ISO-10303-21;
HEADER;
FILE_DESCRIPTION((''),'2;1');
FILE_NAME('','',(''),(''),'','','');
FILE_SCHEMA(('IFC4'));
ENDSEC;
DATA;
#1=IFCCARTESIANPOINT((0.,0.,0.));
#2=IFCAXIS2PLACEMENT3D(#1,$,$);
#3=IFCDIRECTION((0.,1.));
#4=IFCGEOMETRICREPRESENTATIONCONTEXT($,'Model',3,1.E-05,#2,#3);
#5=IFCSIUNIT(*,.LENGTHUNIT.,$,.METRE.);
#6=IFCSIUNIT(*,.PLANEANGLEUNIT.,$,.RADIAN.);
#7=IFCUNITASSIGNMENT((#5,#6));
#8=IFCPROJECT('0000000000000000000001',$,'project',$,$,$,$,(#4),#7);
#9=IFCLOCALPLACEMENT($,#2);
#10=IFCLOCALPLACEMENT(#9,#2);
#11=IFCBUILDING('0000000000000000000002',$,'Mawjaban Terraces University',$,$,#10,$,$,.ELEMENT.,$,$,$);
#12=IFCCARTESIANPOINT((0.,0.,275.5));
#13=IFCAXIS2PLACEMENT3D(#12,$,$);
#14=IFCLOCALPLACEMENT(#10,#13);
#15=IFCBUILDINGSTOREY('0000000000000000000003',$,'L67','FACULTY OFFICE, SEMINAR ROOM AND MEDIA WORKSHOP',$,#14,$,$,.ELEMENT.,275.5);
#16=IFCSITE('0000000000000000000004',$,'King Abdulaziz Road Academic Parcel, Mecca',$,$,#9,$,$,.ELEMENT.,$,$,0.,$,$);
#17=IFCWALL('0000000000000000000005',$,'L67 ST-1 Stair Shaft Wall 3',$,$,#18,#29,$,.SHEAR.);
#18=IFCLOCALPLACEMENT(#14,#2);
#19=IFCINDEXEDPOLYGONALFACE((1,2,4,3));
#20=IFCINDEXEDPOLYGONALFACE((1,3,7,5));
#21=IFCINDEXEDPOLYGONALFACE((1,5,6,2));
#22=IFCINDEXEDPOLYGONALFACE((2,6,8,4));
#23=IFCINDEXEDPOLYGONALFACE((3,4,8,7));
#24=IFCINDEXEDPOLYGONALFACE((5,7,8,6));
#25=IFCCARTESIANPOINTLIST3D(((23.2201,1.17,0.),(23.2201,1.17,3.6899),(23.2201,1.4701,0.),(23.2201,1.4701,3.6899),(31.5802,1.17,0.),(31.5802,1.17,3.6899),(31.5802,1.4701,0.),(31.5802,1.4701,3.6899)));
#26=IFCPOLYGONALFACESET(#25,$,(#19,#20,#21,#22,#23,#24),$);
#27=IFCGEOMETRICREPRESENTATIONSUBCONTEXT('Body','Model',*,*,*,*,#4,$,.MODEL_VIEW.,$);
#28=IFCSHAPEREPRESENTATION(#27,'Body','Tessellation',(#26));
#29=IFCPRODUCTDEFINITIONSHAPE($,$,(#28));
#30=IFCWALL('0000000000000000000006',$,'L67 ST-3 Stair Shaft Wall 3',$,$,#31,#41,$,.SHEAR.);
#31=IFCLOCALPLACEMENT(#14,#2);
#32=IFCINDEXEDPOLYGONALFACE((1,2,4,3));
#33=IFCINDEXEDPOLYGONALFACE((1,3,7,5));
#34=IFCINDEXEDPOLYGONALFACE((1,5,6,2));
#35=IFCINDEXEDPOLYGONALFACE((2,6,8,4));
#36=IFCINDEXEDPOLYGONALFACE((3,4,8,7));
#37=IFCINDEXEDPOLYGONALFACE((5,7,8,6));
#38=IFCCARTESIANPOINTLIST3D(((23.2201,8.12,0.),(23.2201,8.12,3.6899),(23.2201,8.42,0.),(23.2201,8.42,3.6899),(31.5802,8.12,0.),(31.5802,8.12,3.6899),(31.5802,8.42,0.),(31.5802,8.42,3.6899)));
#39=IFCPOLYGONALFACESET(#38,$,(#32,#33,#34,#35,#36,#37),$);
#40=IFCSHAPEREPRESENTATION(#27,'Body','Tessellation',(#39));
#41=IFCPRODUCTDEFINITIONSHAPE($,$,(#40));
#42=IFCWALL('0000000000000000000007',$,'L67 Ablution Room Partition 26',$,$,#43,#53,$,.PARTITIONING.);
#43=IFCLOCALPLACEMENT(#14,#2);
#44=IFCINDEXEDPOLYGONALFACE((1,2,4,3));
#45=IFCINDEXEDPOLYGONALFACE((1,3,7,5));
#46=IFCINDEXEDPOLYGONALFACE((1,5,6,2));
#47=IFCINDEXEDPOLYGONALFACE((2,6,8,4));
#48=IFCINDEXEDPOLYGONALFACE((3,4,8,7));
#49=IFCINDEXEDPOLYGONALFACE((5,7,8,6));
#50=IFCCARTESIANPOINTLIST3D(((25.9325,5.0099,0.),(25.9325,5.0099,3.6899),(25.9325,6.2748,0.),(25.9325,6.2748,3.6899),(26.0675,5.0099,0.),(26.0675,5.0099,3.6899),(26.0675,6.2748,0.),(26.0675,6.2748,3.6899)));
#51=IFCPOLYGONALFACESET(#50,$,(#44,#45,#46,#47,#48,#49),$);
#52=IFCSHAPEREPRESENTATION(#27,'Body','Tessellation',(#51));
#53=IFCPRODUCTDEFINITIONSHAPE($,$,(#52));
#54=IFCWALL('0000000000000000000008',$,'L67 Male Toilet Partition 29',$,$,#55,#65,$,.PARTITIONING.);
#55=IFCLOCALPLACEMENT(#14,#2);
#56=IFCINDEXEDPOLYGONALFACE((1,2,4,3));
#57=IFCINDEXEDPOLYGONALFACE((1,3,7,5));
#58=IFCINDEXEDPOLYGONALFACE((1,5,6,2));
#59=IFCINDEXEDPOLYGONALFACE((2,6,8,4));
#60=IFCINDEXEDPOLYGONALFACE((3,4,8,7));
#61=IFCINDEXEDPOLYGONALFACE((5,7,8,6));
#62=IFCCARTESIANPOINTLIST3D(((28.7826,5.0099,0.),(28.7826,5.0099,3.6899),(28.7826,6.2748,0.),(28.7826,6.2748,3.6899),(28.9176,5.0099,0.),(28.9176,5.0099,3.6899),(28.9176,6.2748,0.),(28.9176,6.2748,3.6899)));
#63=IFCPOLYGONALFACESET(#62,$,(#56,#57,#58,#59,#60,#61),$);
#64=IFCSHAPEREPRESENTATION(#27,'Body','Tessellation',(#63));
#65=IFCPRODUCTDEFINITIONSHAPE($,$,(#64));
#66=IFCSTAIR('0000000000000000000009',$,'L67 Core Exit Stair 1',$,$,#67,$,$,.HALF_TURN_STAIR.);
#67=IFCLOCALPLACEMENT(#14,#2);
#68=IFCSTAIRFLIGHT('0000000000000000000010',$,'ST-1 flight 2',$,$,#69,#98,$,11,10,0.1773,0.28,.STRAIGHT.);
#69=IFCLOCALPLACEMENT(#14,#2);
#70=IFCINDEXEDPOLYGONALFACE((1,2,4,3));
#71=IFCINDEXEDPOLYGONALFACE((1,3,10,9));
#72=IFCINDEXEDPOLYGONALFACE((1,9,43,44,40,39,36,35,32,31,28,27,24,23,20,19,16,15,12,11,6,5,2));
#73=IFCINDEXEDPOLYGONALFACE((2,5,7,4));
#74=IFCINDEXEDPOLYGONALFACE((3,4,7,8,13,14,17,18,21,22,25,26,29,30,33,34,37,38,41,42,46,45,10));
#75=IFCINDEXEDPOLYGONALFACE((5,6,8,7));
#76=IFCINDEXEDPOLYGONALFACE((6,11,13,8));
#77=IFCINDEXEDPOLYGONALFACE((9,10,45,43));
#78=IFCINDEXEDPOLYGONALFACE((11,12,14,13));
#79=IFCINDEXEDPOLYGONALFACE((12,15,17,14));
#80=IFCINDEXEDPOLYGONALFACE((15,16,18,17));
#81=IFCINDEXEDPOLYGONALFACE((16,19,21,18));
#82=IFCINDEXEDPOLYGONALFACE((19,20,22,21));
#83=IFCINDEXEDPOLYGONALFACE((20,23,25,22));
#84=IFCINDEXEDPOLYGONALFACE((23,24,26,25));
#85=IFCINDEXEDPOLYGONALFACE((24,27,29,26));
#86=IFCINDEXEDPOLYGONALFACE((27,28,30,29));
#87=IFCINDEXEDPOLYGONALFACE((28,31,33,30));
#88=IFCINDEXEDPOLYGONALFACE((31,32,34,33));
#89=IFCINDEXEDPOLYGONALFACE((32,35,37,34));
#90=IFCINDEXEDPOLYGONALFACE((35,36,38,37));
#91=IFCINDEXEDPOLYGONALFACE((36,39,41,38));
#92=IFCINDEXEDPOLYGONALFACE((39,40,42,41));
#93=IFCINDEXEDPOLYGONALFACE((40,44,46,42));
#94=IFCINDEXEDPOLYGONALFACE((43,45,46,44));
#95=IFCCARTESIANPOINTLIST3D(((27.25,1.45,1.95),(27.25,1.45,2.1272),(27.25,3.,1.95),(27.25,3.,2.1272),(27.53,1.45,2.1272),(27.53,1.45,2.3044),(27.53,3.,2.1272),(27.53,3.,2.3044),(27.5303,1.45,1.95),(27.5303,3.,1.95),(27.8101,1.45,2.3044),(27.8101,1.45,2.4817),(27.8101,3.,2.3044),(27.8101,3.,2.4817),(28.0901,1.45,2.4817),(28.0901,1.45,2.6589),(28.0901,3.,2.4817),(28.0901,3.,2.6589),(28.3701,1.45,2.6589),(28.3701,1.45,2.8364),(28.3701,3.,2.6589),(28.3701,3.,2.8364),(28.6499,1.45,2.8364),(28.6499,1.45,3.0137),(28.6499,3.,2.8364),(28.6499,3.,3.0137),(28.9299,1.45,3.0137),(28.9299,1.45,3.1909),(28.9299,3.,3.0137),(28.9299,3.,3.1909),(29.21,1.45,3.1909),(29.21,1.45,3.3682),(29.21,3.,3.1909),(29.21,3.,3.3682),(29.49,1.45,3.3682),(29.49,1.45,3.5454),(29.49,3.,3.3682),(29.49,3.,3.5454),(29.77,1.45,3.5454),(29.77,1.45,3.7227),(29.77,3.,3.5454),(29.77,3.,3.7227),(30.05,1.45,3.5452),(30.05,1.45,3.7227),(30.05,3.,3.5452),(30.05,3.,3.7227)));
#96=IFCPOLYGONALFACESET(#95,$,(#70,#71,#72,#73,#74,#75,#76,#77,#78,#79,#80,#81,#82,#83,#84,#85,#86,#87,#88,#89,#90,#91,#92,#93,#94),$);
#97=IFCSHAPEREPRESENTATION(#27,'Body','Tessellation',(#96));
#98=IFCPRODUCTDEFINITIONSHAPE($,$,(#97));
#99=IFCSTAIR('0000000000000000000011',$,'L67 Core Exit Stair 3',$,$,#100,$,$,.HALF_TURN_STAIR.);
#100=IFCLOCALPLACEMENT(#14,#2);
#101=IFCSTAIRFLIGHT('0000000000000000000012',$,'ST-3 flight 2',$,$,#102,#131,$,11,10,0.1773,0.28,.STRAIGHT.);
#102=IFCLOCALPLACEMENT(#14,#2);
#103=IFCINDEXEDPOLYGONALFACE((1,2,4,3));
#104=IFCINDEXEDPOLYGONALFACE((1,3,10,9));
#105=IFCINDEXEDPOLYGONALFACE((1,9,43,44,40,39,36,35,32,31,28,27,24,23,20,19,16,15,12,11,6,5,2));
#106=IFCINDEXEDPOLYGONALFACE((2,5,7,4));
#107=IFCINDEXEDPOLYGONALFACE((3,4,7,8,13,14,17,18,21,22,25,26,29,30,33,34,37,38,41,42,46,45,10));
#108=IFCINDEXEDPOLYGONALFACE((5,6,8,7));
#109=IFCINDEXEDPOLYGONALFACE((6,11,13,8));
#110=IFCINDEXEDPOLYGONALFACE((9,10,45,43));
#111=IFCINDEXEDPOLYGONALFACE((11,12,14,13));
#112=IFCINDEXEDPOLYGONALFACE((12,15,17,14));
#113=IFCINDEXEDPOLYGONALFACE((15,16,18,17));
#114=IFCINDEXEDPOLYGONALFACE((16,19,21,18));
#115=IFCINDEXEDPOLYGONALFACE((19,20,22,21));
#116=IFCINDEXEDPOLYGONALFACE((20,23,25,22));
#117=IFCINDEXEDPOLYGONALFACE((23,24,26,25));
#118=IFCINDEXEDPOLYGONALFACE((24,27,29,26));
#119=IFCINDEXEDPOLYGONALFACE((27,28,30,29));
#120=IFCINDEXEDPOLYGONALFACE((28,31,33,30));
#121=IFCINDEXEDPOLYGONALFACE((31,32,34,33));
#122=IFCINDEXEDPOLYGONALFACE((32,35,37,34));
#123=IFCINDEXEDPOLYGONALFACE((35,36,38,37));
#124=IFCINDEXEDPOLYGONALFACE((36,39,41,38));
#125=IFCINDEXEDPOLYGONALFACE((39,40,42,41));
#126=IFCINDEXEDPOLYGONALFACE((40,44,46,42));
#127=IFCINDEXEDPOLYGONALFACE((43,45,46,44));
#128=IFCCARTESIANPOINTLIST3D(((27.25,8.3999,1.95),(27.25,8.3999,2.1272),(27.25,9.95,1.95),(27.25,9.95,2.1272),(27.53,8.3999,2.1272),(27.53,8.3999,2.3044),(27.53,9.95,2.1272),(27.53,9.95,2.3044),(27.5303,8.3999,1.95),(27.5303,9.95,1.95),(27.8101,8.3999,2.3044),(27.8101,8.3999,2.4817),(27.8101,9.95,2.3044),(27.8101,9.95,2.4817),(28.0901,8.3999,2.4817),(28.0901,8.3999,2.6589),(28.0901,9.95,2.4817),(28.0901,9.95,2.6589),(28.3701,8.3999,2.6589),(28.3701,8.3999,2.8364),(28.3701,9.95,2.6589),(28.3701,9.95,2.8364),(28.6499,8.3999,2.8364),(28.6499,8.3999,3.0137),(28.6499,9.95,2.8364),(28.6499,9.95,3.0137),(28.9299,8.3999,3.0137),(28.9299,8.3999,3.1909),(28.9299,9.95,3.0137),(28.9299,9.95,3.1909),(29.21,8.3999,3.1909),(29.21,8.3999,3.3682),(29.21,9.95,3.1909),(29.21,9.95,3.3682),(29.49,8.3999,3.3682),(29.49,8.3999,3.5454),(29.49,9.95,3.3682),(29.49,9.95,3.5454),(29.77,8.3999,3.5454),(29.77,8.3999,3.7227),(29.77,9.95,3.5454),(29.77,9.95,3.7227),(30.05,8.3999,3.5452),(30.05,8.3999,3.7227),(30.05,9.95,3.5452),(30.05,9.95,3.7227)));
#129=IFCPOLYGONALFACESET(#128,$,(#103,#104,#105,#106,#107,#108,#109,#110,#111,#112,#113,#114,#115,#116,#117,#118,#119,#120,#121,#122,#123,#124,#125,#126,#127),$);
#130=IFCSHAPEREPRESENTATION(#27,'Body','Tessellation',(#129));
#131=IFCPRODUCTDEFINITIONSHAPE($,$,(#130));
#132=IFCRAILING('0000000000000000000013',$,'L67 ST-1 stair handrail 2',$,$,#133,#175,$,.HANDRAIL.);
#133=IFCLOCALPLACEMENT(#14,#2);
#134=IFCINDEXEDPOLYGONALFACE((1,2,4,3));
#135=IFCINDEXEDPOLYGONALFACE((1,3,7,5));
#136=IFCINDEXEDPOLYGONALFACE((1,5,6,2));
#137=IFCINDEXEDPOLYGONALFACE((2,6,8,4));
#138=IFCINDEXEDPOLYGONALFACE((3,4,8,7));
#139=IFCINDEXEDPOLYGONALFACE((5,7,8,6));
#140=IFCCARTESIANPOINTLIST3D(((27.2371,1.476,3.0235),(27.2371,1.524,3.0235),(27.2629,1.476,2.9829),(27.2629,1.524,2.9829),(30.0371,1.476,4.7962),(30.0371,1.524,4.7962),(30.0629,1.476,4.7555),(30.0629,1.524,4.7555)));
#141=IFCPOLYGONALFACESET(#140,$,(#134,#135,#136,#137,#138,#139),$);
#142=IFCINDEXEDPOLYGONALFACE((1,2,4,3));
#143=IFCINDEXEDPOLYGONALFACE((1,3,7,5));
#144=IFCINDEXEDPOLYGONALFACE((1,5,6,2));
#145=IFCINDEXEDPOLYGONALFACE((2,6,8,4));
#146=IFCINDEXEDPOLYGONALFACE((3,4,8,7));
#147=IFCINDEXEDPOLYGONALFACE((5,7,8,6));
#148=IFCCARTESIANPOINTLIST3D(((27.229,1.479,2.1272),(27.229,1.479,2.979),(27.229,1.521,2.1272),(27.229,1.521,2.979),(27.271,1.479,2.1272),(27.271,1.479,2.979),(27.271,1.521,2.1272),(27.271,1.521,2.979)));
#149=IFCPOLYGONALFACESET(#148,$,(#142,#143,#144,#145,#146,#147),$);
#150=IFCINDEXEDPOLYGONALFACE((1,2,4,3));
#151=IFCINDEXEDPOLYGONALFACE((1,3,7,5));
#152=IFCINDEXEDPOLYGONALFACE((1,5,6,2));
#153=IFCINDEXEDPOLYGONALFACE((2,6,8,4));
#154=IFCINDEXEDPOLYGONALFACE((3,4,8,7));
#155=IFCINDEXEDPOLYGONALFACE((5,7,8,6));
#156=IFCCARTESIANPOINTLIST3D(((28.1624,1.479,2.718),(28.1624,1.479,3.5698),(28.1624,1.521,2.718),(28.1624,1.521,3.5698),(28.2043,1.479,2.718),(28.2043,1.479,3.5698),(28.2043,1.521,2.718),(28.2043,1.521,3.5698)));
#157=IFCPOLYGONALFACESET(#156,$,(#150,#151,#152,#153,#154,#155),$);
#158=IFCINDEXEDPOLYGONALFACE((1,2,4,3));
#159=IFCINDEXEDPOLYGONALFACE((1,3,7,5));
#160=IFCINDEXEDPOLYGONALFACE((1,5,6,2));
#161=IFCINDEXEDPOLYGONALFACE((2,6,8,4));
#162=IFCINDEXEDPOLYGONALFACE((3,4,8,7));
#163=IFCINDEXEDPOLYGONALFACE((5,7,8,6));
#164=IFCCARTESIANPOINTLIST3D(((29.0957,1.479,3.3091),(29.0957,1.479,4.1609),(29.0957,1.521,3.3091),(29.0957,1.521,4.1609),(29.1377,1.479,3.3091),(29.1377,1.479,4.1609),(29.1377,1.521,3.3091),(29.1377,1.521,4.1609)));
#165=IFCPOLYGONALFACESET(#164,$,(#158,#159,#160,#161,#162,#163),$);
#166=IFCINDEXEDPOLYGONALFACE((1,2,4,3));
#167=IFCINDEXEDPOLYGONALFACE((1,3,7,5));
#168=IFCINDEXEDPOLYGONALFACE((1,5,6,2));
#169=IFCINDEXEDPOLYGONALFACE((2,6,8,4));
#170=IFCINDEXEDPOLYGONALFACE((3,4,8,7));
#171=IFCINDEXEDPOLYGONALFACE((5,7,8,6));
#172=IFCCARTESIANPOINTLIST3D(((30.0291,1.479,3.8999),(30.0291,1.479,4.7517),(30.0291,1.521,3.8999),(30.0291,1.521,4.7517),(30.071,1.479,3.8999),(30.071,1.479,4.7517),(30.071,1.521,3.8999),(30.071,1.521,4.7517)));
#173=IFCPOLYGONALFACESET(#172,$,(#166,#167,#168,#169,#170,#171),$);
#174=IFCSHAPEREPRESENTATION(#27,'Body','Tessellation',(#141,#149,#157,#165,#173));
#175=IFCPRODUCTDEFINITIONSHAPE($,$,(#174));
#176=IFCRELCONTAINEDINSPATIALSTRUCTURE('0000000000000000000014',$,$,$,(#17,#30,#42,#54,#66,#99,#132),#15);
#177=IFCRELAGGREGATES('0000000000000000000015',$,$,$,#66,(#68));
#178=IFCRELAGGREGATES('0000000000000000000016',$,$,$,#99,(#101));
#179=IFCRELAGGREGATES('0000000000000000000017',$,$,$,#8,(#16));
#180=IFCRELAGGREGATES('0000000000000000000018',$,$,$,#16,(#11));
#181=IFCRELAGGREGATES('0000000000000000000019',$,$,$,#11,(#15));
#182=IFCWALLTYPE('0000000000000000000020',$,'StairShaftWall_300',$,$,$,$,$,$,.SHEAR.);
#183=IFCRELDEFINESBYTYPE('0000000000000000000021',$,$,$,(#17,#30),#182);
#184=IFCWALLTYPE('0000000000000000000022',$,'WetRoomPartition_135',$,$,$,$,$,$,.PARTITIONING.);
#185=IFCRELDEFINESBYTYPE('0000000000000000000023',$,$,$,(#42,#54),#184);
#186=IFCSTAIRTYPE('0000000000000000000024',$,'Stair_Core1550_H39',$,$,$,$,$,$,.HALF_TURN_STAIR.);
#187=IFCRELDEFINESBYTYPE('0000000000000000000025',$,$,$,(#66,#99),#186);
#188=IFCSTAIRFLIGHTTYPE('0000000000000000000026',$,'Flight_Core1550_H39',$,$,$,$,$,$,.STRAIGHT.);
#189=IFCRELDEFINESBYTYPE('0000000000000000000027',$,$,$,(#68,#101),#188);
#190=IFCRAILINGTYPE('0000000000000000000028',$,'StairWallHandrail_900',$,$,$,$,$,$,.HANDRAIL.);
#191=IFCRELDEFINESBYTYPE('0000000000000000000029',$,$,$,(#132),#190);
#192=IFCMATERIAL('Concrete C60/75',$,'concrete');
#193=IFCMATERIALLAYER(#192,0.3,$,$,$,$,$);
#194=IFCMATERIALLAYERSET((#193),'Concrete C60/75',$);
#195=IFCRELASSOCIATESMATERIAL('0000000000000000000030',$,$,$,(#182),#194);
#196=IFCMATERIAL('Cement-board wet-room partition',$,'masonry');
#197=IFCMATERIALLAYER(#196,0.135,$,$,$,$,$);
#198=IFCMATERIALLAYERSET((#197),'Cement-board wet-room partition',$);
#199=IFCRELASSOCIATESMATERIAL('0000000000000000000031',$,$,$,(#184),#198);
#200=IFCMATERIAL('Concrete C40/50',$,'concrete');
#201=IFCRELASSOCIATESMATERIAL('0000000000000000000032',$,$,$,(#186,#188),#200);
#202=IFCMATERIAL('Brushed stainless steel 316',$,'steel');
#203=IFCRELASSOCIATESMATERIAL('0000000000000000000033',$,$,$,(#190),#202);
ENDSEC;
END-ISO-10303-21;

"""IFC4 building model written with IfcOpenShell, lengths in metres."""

from ifc_helpers import new_model, si_unit, direction, frame, frame_2d, origin, origin_2d, place, context, subcontext, project, spatial, polyline, rectangle, outline, extrude, material, layer, layer_set, type_object, element, aggregate, save


model = new_model("IFC4")

# Units and contexts
model_context = context("Model", 3, precision=1e-05, world=origin(), true_north=direction((0.0, 1.0)))
body_context = subcontext(model_context, "Body", "Model", "MODEL_VIEW")
ifc_project = project(units=[si_unit("LENGTHUNIT", "METRE"), si_unit("PLANEANGLEUNIT", "RADIAN")], contexts=[model_context])

# Site, building, storey
site_placement = place(None, origin())
site = spatial("IfcSite", under=ifc_project, at=site_placement, Name="King Abdulaziz Road Academic Parcel, Mecca", CompositionType="ELEMENT", RefElevation=0.0)
building_placement = place(site_placement, origin())
building = spatial("IfcBuilding", under=site, at=building_placement, Name="Mawjaban Terraces University", CompositionType="ELEMENT")
storey_placement = place(building_placement, frame((0.0, 0.0, 275.5)))
storey = spatial("IfcBuildingStorey", under=building, at=storey_placement, Name="L67", Description="FACULTY OFFICE, SEMINAR ROOM AND MEDIA WORKSHOP", CompositionType="ELEMENT", Elevation=275.5)

# Walls
ifc_material_1 = material(Name="Concrete C60/75", Category="concrete")
ifc_layer_1 = layer(ifc_material_1, 0.3)
ifc_layer_set_1 = layer_set([ifc_layer_1], Name="Concrete C60/75")
wall_type_1 = type_object("IfcWallType", Name="StairShaftWall_300", PredefinedType="SHEAR", material=ifc_layer_set_1)
for number, where, z_axis, x_axis, name in (
    (1, (23.22, 1.3201, 0.0), (0.0, 0.0, 1.0), (1.0, 0.0, 0.0), "L67 ST-1 Stair Shaft Wall 3"),
    (2, (23.22, 8.27, 0.0), (0.0, 0.0, 1.0), (1.0, 0.0, 0.0), "L67 ST-3 Stair Shaft Wall 3"),
):
    element("IfcWall", number, at=place(storey_placement, frame(where, z_axis=z_axis, x_axis=x_axis)), inside=storey, type_object=wall_type_1, Name=name, PredefinedType="SHEAR", context=body_context, shape_type="SweptSolid", body=[
        extrude(rectangle(XDim=8.3601, YDim=0.3, at=frame_2d((4.1802, 0.0))), origin(), (0.0, 0.0, 1.0), 3.6899),
    ])
ifc_material_2 = material(Name="Cement-board wet-room partition", Category="masonry")
ifc_layer_2 = layer(ifc_material_2, 0.135)
ifc_layer_set_2 = layer_set([ifc_layer_2], Name="Cement-board wet-room partition")
wall_type_2 = type_object("IfcWallType", Name="WetRoomPartition_135", PredefinedType="PARTITIONING", material=ifc_layer_set_2)
for number, where, z_axis, x_axis, name in (
    (3, (26.0, 5.01, 0.0), (0.0, 0.0, 1.0), (0.0, 1.0, 0.0), "L67 Ablution Room Partition 26"),
    (4, (28.8501, 5.01, 0.0), (0.0, 0.0, 1.0), (0.0, 1.0, 0.0), "L67 Male Toilet Partition 29"),
):
    element("IfcWall", number, at=place(storey_placement, frame(where, z_axis=z_axis, x_axis=x_axis)), inside=storey, type_object=wall_type_2, Name=name, PredefinedType="PARTITIONING", context=body_context, shape_type="SweptSolid", body=[
        extrude(rectangle(XDim=1.2649, YDim=0.135, at=frame_2d((0.6323, 0.0))), origin(), (0.0, 0.0, 1.0), 3.6899),
    ])

# Stairs, stair flights
ifc_material_3 = material(Name="Concrete C40/50", Category="concrete")
stair_type = type_object("IfcStairType", Name="Stair_Core1550_H39", PredefinedType="HALF_TURN_STAIR", material=ifc_material_3)
stair_1_placement = place(storey_placement, origin())
stair_1 = element("IfcStair", 5, at=stair_1_placement, inside=storey, type_object=stair_type, Name="L67 Core Exit Stair 1", PredefinedType="HALF_TURN_STAIR")
stair_flight_type = type_object("IfcStairFlightType", Name="Flight_Core1550_H39", PredefinedType="STRAIGHT", material=ifc_material_3)
stair_flight_1_placement = place(storey_placement, frame((27.25, 2.2251, 1.95), z_axis=(0.0, 0.0, 1.0), x_axis=(1.0, 0.0, 0.0)))
stair_flight_1 = element("IfcStairFlight", 6, at=stair_flight_1_placement, type_object=stair_flight_type, Name="ST-1 flight 2", NumberOfRisers=11, NumberOfTreads=10, PredefinedType="STRAIGHT", RiserHeight=0.1773, TreadLength=0.28, context=body_context, shape_type="SweptSolid", body=[
    extrude(outline(polyline([(0.0, 0.0), (0.0, 0.1772), (0.28, 0.1772), (0.28, 0.3545), (0.5601, 0.3545), (0.5601, 0.5317), (0.8401, 0.5317), (0.8401, 0.709), (1.1201, 0.709), (1.1201, 0.8865), (1.3999, 0.8865), (1.3999, 1.0637), (1.6799, 1.0637), (1.6799, 1.241), (1.96, 1.241), (1.96, 1.4182), (2.24, 1.4182), (2.24, 1.5955), (2.52, 1.5955), (2.52, 1.7727), (2.8, 1.7727), (2.8, 1.95), (2.8, 1.5952), (0.2803, 0.0), (0.0, 0.0)])), frame((0.0, 0.7749, 0.0), z_axis=(0.0, -1.0, 0.0), x_axis=(1.0, 0.0, 0.0)), (0.0, 0.0, 1.0), 1.55),
])
aggregate(stair_1, [stair_flight_1])
stair_2_placement = place(storey_placement, origin())
stair_2 = element("IfcStair", 7, at=stair_2_placement, inside=storey, type_object=stair_type, Name="L67 Core Exit Stair 3", PredefinedType="HALF_TURN_STAIR")
stair_flight_2_placement = place(storey_placement, frame((27.25, 9.175, 1.95), z_axis=(0.0, 0.0, 1.0), x_axis=(1.0, 0.0, 0.0)))
stair_flight_2 = element("IfcStairFlight", 8, at=stair_flight_2_placement, type_object=stair_flight_type, Name="ST-3 flight 2", NumberOfRisers=11, NumberOfTreads=10, PredefinedType="STRAIGHT", RiserHeight=0.1773, TreadLength=0.28, context=body_context, shape_type="SweptSolid", body=[
    extrude(outline(polyline([(0.0, 0.0), (0.0, 0.1772), (0.28, 0.1772), (0.28, 0.3545), (0.5601, 0.3545), (0.5601, 0.5317), (0.8401, 0.5317), (0.8401, 0.709), (1.1201, 0.709), (1.1201, 0.8865), (1.3999, 0.8865), (1.3999, 1.0637), (1.6799, 1.0637), (1.6799, 1.241), (1.96, 1.241), (1.96, 1.4182), (2.24, 1.4182), (2.24, 1.5955), (2.52, 1.5955), (2.52, 1.7727), (2.8, 1.7727), (2.8, 1.95), (2.8, 1.5952), (0.2803, 0.0), (0.0, 0.0)])), frame((0.0, 0.7749, 0.0), z_axis=(0.0, -1.0, 0.0), x_axis=(1.0, 0.0, 0.0)), (0.0, 0.0, 1.0), 1.55),
])
aggregate(stair_2, [stair_flight_2])

# Railing
ifc_material_4 = material(Name="Brushed stainless steel 316", Category="steel")
railing_type_1 = type_object("IfcRailingType", Name="StairWallHandrail_900", PredefinedType="HANDRAIL", material=ifc_material_4)
for number, where, name in (
    (9, (27.25, 1.5, 2.1272), "L67 ST-1 stair handrail 2"),
):
    element("IfcRailing", number, at=place(storey_placement, frame(where)), inside=storey, type_object=railing_type_1, Name=name, PredefinedType="HANDRAIL", context=body_context, shape_type="SweptSolid", body=[
        extrude(rectangle(XDim=0.0481, YDim=0.0481, at=origin_2d()), frame((0.0, 0.0, 0.876), z_axis=(0.844909, 0.0, 0.53491), x_axis=(0.0, 1.0, 0.0)), (0.0, 0.0, 1.0), 3.314),
        extrude(rectangle(XDim=0.042, YDim=0.042, at=origin_2d()), origin(), (0.0, 0.0, 1.0), 0.8518),
        extrude(rectangle(XDim=0.042, YDim=0.042, at=origin_2d()), frame((0.9333, 0.0, 0.5908)), (0.0, 0.0, 1.0), 0.8518),
        extrude(rectangle(XDim=0.042, YDim=0.042, at=origin_2d()), frame((1.8667, 0.0, 1.1819)), (0.0, 0.0, 1.0), 0.8518),
        extrude(rectangle(XDim=0.042, YDim=0.042, at=origin_2d()), frame((2.8, 0.0, 1.7727)), (0.0, 0.0, 1.0), 0.8518),
    ])

save(model, "model.ifc")
